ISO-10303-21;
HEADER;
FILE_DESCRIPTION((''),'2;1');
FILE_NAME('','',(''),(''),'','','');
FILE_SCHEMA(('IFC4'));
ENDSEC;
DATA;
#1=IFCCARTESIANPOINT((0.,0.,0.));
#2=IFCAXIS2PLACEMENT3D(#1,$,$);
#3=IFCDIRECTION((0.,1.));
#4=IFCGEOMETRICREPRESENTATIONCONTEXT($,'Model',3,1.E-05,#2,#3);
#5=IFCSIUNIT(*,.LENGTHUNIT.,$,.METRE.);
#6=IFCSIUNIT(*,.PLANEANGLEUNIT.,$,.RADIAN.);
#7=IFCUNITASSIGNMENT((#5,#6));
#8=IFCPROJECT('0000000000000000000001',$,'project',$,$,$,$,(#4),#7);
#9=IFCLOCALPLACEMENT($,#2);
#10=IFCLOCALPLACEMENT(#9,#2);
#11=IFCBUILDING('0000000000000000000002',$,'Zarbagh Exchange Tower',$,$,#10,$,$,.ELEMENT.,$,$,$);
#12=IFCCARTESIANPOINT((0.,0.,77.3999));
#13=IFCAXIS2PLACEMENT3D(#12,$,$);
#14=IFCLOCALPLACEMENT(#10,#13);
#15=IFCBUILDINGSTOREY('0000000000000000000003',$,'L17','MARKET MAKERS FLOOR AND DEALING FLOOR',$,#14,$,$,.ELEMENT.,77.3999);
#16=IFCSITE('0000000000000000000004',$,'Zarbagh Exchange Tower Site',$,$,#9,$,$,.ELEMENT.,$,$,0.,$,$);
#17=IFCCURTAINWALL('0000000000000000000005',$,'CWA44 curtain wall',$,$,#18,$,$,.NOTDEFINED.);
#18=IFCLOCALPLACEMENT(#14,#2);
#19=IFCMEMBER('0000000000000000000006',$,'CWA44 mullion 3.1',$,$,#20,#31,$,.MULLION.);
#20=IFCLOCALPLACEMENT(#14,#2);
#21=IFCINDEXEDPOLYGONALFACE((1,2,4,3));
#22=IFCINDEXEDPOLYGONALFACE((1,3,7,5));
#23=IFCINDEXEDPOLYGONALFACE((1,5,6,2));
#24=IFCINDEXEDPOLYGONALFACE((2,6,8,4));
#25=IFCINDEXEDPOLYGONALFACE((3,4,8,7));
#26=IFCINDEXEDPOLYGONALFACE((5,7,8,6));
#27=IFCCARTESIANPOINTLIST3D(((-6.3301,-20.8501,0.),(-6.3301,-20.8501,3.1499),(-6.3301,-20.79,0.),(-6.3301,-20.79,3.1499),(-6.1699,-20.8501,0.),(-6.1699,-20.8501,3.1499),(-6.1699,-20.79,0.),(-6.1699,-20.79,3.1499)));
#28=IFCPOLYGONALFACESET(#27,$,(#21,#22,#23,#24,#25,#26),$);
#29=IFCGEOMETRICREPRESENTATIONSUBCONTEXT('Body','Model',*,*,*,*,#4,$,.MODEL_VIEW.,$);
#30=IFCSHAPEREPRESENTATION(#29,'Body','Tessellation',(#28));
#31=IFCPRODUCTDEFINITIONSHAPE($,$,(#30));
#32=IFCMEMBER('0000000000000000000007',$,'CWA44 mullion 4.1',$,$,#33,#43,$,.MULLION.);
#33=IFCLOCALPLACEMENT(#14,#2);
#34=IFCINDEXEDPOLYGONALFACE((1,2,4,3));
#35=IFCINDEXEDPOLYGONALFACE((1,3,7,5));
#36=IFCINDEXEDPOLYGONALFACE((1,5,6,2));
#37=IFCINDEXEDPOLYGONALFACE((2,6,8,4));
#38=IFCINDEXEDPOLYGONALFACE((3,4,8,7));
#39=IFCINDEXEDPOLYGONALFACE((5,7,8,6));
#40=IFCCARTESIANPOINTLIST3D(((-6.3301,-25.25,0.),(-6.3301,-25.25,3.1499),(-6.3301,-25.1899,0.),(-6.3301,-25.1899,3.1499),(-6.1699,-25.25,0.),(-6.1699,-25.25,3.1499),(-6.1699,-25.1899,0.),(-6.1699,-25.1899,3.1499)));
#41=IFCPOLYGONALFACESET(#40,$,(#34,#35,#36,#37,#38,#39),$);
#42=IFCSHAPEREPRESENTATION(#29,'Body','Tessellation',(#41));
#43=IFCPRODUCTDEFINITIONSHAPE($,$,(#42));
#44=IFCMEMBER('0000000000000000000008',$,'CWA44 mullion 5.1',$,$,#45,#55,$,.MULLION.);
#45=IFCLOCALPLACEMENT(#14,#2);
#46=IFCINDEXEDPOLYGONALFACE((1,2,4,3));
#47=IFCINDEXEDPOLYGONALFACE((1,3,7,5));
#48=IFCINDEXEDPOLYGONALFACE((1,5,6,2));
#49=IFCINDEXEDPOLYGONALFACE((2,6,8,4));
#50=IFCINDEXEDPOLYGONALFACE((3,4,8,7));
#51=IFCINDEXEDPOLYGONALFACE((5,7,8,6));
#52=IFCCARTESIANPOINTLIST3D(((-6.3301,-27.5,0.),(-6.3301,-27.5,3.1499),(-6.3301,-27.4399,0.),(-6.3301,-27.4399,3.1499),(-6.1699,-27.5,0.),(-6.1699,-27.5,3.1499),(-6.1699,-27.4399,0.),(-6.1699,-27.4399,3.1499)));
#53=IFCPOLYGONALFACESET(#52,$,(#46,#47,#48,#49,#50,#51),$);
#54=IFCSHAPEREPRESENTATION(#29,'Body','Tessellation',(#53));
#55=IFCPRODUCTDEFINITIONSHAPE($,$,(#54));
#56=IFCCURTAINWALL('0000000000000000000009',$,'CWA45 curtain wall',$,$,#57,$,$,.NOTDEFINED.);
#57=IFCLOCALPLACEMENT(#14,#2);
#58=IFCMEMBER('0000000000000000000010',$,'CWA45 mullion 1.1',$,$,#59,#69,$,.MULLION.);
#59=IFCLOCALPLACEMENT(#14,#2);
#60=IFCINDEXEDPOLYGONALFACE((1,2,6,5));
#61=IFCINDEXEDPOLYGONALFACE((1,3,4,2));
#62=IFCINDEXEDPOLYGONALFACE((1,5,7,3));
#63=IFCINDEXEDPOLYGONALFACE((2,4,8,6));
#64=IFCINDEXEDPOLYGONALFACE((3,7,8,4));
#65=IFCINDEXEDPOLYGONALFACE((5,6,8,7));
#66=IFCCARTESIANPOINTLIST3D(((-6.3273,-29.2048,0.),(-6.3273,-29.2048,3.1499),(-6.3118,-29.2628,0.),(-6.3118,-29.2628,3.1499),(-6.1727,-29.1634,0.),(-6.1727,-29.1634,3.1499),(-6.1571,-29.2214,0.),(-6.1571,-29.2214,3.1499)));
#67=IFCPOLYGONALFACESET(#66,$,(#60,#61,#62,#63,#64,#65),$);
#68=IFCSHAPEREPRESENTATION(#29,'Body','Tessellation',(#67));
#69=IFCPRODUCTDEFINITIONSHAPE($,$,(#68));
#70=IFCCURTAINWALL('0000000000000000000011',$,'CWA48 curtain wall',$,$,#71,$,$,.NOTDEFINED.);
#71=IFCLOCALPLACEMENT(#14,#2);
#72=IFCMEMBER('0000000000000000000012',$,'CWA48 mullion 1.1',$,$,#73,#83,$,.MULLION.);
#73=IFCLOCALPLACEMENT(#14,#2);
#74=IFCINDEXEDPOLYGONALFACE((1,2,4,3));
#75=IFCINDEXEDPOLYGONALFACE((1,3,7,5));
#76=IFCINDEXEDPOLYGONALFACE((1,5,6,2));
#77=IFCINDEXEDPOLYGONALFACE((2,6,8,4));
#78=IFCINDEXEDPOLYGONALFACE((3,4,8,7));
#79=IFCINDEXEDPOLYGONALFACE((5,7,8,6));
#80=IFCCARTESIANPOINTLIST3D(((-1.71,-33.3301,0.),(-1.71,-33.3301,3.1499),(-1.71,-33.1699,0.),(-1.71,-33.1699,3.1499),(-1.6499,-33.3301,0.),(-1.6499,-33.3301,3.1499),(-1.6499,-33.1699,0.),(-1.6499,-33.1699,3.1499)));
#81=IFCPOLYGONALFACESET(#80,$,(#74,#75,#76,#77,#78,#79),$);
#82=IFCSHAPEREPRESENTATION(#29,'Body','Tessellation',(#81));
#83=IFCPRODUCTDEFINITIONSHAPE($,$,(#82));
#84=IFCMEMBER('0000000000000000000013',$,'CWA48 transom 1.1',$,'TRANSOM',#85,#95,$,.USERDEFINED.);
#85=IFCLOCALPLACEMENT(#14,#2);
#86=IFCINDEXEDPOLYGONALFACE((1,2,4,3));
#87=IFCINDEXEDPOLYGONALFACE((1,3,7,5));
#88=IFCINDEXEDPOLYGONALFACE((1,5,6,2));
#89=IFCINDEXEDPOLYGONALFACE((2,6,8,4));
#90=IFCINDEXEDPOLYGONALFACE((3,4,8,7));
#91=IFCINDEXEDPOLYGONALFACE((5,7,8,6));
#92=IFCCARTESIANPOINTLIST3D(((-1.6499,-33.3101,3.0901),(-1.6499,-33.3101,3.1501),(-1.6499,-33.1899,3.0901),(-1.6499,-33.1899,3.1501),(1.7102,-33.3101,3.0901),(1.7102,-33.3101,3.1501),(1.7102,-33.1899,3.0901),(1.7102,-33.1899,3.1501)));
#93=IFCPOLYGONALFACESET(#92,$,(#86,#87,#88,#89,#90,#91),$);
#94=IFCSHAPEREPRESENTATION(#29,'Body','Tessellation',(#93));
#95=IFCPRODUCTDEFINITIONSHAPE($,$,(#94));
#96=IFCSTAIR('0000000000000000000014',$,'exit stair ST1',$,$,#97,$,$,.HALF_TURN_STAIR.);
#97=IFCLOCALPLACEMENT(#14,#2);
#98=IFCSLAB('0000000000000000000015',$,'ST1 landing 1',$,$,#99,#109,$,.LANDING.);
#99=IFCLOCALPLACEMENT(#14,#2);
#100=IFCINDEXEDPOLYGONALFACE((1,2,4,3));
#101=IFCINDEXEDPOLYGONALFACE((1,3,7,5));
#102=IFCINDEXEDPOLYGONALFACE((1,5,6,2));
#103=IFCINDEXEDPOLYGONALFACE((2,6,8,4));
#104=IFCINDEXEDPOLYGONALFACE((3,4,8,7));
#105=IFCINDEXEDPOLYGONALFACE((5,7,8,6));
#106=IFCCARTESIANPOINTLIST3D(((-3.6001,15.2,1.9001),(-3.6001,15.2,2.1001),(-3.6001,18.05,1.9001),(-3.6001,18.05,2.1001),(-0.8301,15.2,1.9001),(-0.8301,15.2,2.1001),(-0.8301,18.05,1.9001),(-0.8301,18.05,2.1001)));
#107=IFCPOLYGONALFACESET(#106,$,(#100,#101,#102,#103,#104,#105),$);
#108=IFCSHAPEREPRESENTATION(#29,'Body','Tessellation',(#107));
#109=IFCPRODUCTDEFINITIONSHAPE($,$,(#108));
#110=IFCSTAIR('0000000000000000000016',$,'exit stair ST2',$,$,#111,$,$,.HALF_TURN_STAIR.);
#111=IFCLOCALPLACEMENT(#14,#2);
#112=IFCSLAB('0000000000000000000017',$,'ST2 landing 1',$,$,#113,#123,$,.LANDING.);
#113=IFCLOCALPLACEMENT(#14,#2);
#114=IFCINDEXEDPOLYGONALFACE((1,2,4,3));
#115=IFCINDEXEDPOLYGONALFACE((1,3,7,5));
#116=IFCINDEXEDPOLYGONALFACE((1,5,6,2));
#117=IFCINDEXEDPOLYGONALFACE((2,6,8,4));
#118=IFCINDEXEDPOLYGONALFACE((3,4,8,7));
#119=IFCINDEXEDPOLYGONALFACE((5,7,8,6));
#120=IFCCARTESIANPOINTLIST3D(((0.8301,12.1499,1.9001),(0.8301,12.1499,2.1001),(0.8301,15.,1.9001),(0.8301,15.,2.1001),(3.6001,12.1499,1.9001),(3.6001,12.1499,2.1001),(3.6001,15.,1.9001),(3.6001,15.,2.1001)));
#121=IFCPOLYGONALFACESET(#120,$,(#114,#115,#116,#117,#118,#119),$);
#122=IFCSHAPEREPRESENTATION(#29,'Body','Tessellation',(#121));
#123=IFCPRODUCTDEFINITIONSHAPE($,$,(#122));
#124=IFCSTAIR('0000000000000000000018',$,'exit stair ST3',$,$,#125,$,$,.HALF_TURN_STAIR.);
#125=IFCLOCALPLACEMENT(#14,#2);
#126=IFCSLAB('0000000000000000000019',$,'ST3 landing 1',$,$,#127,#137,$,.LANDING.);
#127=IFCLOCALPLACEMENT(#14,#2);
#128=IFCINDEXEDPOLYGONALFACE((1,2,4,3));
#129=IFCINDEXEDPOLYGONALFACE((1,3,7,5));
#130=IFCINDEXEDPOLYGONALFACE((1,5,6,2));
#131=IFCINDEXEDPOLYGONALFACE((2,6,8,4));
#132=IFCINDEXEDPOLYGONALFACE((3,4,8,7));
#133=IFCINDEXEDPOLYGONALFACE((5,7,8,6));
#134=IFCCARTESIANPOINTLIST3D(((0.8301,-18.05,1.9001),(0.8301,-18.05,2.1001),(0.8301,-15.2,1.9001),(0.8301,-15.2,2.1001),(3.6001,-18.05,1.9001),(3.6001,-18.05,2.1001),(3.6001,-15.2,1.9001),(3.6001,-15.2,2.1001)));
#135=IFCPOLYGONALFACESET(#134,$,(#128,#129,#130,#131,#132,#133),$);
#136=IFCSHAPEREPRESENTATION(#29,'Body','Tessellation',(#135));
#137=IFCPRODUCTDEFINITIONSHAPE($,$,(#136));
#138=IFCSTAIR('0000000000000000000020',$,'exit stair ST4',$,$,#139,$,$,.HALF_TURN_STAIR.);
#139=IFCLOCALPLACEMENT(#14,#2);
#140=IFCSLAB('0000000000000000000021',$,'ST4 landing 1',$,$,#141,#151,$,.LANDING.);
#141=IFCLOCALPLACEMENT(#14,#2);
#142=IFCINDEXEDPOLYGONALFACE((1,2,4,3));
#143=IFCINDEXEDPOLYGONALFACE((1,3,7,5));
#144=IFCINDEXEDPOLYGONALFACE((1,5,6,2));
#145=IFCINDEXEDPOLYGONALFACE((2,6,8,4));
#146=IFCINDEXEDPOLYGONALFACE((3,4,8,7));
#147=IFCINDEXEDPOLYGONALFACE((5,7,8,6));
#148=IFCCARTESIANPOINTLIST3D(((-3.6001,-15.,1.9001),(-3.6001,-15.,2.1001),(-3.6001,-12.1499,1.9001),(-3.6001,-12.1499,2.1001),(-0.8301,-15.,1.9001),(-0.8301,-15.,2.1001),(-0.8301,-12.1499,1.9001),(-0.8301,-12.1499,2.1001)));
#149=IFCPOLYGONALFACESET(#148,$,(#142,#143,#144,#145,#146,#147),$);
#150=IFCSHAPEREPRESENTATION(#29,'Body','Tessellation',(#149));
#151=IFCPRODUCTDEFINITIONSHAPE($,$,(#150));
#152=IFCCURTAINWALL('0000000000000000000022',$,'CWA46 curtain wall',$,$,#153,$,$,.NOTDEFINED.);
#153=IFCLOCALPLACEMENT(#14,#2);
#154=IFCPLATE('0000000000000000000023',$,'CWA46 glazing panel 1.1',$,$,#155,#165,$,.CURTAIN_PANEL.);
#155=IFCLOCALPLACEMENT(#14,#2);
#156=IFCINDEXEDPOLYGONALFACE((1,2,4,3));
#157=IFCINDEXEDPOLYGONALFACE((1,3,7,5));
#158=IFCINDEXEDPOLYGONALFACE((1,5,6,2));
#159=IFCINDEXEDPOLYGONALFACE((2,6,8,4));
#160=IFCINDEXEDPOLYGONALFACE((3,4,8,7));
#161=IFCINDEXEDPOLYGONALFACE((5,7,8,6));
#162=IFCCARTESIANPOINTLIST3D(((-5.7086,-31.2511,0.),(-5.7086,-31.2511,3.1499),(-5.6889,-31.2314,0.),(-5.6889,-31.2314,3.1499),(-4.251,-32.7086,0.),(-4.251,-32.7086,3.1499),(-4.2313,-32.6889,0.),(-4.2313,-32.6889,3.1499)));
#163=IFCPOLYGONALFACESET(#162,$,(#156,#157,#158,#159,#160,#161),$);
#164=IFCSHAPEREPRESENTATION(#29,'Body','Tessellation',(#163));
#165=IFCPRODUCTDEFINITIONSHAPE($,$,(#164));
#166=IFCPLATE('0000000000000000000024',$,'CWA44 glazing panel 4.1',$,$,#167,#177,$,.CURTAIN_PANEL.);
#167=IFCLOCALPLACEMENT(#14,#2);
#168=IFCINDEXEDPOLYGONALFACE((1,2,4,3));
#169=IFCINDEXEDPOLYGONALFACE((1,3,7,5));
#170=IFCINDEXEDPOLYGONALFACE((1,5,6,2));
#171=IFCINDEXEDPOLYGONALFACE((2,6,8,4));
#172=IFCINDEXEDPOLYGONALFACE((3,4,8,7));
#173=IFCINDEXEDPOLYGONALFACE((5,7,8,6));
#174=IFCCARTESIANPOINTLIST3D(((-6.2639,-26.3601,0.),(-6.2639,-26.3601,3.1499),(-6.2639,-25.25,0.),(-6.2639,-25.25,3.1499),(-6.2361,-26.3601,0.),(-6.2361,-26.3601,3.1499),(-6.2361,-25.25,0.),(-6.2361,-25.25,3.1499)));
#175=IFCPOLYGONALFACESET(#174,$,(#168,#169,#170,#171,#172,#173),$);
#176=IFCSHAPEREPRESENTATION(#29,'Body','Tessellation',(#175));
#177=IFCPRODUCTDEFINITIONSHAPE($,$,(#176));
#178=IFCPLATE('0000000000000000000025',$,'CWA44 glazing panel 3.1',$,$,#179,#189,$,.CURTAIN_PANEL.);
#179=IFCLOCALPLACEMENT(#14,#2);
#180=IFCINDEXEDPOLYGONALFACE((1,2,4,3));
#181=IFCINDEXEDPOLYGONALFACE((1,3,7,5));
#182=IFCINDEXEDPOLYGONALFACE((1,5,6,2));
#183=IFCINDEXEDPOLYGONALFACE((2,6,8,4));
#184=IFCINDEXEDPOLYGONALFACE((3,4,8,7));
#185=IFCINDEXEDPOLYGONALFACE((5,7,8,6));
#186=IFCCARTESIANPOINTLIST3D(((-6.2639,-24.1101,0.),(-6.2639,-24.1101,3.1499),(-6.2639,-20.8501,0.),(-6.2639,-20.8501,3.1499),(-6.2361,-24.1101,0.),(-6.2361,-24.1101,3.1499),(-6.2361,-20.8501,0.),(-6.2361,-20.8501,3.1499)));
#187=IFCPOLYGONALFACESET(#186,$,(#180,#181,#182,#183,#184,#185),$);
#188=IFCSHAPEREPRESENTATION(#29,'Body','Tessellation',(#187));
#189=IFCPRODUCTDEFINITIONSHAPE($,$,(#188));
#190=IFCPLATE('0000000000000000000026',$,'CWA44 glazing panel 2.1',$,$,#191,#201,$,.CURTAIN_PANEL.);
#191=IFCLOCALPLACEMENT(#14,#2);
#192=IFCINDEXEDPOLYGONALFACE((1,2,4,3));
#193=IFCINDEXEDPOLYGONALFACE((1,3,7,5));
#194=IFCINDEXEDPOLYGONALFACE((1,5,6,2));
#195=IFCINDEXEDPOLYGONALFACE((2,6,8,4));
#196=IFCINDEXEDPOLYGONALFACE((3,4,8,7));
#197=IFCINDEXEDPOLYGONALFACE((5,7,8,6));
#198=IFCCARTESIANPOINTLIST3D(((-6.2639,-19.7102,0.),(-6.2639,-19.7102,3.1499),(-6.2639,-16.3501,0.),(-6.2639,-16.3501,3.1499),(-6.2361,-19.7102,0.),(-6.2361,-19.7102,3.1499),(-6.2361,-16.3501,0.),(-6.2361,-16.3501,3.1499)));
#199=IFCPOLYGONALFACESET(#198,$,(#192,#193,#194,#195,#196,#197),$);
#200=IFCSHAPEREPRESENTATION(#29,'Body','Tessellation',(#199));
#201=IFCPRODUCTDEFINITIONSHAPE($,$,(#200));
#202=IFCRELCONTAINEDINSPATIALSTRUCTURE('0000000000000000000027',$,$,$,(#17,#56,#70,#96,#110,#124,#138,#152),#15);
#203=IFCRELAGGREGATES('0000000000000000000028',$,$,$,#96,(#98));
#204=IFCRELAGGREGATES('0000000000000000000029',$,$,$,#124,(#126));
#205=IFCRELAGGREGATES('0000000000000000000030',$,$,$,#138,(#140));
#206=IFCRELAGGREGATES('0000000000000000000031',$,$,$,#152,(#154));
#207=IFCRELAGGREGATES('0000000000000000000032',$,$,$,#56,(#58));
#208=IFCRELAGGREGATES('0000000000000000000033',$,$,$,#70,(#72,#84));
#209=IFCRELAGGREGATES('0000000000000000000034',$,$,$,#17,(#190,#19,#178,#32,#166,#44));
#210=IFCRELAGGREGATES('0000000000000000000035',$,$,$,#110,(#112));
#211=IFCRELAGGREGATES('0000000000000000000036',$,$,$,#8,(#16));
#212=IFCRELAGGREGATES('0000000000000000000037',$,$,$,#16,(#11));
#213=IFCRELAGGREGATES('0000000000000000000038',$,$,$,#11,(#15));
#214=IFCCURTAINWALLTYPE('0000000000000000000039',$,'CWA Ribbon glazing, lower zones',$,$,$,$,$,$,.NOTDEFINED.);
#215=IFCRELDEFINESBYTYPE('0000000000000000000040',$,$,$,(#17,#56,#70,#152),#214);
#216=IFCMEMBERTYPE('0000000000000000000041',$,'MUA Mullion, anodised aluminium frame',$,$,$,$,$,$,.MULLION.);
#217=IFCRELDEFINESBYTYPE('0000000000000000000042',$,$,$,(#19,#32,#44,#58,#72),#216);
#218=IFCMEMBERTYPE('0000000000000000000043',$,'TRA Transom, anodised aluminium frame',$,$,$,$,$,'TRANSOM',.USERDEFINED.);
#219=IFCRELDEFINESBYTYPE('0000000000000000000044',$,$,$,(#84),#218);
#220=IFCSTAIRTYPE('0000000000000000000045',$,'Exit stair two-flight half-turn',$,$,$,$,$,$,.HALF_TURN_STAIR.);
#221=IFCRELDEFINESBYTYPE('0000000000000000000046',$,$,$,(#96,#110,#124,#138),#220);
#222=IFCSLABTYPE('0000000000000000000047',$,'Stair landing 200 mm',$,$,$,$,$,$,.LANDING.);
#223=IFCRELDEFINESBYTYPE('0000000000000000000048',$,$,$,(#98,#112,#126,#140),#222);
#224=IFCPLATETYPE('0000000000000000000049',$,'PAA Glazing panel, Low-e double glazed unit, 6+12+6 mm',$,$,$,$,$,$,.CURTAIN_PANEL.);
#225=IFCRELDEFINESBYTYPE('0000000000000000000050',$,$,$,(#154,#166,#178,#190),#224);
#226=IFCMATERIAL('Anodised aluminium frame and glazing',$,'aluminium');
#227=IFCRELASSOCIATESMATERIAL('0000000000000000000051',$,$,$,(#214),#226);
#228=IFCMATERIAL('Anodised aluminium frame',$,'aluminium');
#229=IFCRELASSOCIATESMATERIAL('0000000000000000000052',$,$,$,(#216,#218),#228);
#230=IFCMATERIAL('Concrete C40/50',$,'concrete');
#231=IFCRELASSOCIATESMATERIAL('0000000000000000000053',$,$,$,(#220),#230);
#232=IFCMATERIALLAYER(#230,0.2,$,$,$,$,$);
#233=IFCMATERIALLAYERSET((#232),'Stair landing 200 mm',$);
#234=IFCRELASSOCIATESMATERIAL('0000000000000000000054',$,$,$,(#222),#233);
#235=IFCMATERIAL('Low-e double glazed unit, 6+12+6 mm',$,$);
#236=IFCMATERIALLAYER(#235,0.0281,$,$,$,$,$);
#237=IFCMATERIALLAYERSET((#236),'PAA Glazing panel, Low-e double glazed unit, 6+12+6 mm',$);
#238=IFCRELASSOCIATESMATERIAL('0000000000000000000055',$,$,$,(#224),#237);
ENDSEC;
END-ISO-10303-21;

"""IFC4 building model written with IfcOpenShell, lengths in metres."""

from ifc_helpers import new_model, si_unit, direction, frame, origin, place, context, subcontext, project, spatial, polyline, outline, extrude, source, transform, mapped, material, layer, layer_set, type_object, element, aggregate, save


model = new_model("IFC4")

# Units and contexts
model_context = context("Model", 3, precision=1e-05, world=origin(), true_north=direction((0.0, 1.0)))
body_context = subcontext(model_context, "Body", "Model", "MODEL_VIEW")
ifc_project = project(units=[si_unit("LENGTHUNIT", "METRE"), si_unit("PLANEANGLEUNIT", "RADIAN")], contexts=[model_context])

# Site, building, storey
site_placement = place(None, origin())
site = spatial("IfcSite", under=ifc_project, at=site_placement, Name="Zarbagh Exchange Tower Site", CompositionType="ELEMENT", RefElevation=0.0)
building_placement = place(site_placement, origin())
building = spatial("IfcBuilding", under=site, at=building_placement, Name="Zarbagh Exchange Tower", CompositionType="ELEMENT")
storey_placement = place(building_placement, frame((0.0, 0.0, 77.3999)))
storey = spatial("IfcBuildingStorey", under=building, at=storey_placement, Name="L17", Description="MARKET MAKERS FLOOR AND DEALING FLOOR", CompositionType="ELEMENT", Elevation=77.3999)

# Curtain wall, members
ifc_material_1 = material(Name="Anodised aluminium frame and glazing", Category="aluminium")
curtain_wall_type = type_object("IfcCurtainWallType", Name="CWA Ribbon glazing, lower zones", PredefinedType="NOTDEFINED", material=ifc_material_1)
curtain_wall_1_placement = place(storey_placement, origin())
curtain_wall_1 = element("IfcCurtainWall", 1, at=curtain_wall_1_placement, inside=storey, type_object=curtain_wall_type, Name="CWA44 curtain wall", PredefinedType="NOTDEFINED")
ifc_material_2 = material(Name="Anodised aluminium frame", Category="aluminium")
member_type_1 = type_object("IfcMemberType", Name="MUA Mullion, anodised aluminium frame", PredefinedType="MULLION", material=ifc_material_2)
shared_shape_1 = source(origin(), body_context, "Body", "SweptSolid", [
    extrude(outline(polyline([(0.0, -0.0801), (0.0601, -0.0801), (0.0601, 0.0801), (0.0, 0.0801), (0.0, -0.0801)])), origin(), (0.0, 0.0, 1.0), 3.1499),
])
placement = place(storey_placement, origin())
member_1 = element("IfcMember", 2, at=placement, type_object=member_type_1, Name="CWA44 mullion 3.1", PredefinedType="MULLION", context=body_context, shape_type="MappedRepresentation", body=[
    mapped(shared_shape_1, transform((-6.25, -20.79, 0.0), x_axis=(0.0, -1.0, 0.0), y_axis=(1.0, 0.0, 0.0), z_axis=(0.0, 0.0, 1.0))),
])
member_2 = element("IfcMember", 3, at=placement, type_object=member_type_1, Name="CWA44 mullion 4.1", PredefinedType="MULLION", context=body_context, shape_type="MappedRepresentation", body=[
    mapped(shared_shape_1, transform((-6.25, -25.1899, 0.0), x_axis=(0.0, -1.0, 0.0), y_axis=(1.0, 0.0, 0.0), z_axis=(0.0, 0.0, 1.0))),
])
member_3 = element("IfcMember", 4, at=placement, type_object=member_type_1, Name="CWA44 mullion 5.1", PredefinedType="MULLION", context=body_context, shape_type="MappedRepresentation", body=[
    mapped(shared_shape_1, transform((-6.25, -27.4399, 0.0), x_axis=(0.0, -1.0, 0.0), y_axis=(1.0, 0.0, 0.0), z_axis=(0.0, 0.0, 1.0))),
])

# Curtain wall, member
curtain_wall_2_placement = place(storey_placement, origin())
curtain_wall_2 = element("IfcCurtainWall", 5, at=curtain_wall_2_placement, inside=storey, type_object=curtain_wall_type, Name="CWA45 curtain wall", PredefinedType="NOTDEFINED")
member_4 = element("IfcMember", 6, at=placement, type_object=member_type_1, Name="CWA45 mullion 1.1", PredefinedType="MULLION", context=body_context, shape_type="MappedRepresentation", body=[
    mapped(shared_shape_1, transform((-6.25, -29.1841, 0.0), x_axis=(0.258825, -0.965924, 0.0), y_axis=(0.965924, 0.258825, 0.0), z_axis=(0.0, 0.0, 1.0))),
])

# Curtain wall, members
curtain_wall_3_placement = place(storey_placement, origin())
curtain_wall_3 = element("IfcCurtainWall", 7, at=curtain_wall_3_placement, inside=storey, type_object=curtain_wall_type, Name="CWA48 curtain wall", PredefinedType="NOTDEFINED")
member_5 = element("IfcMember", 8, at=placement, type_object=member_type_1, Name="CWA48 mullion 1.1", PredefinedType="MULLION", context=body_context, shape_type="MappedRepresentation", body=[
    mapped(shared_shape_1, transform((-1.71, -33.25, 0.0), x_axis=(1.0, 0.0, 0.0), y_axis=(0.0, 1.0, 0.0), z_axis=(0.0, 0.0, 1.0))),
])
member_type_2 = type_object("IfcMemberType", Name="TRA Transom, anodised aluminium frame", ElementType="TRANSOM", PredefinedType="USERDEFINED", material=ifc_material_2)
shared_shape_2 = source(origin(), body_context, "Body", "SweptSolid", [
    extrude(outline(polyline([(-0.0601, -0.0601), (0.0, -0.0601), (0.0, 0.0601), (-0.0601, 0.0601), (-0.0601, -0.0601)])), origin(), (0.0, 0.0, 1.0), 3.3601),
])
member_6 = element("IfcMember", 9, at=placement, type_object=member_type_2, Name="CWA48 transom 1.1", ObjectType="TRANSOM", PredefinedType="USERDEFINED", context=body_context, shape_type="MappedRepresentation", body=[
    mapped(shared_shape_2, transform((-1.6499, -33.25, 3.1501), x_axis=(0.0, 0.0, 1.0), y_axis=(0.0, -1.0, 0.0), z_axis=(1.0, 0.0, 0.0))),
])

# Stairs, slabs
ifc_material_3 = material(Name="Concrete C40/50", Category="concrete")
stair_type = type_object("IfcStairType", Name="Exit stair two-flight half-turn", PredefinedType="HALF_TURN_STAIR", material=ifc_material_3)
stair_1_placement = place(storey_placement, origin())
stair_1 = element("IfcStair", 10, at=stair_1_placement, inside=storey, type_object=stair_type, Name="exit stair ST1", PredefinedType="HALF_TURN_STAIR")
ifc_layer_1 = layer(ifc_material_3, 0.2)
ifc_layer_set_1 = layer_set([ifc_layer_1], Name="Stair landing 200 mm")
slab_type = type_object("IfcSlabType", Name="Stair landing 200 mm", PredefinedType="LANDING", material=ifc_layer_set_1)
slab_1_placement = place(storey_placement, frame((0.0, 0.0, 1.9001)))
slab_1 = element("IfcSlab", 11, at=slab_1_placement, type_object=slab_type, Name="ST1 landing 1", PredefinedType="LANDING", context=body_context, shape_type="SweptSolid", body=[
    extrude(outline(polyline([(-0.8301, 18.05), (-3.6001, 18.05), (-3.6001, 15.2), (-0.8301, 15.2), (-0.8301, 18.05)])), origin(), (0.0, 0.0, 1.0), 0.2),
])
aggregate(stair_1, [slab_1])
stair_2_placement = place(storey_placement, origin())
stair_2 = element("IfcStair", 12, at=stair_2_placement, inside=storey, type_object=stair_type, Name="exit stair ST2", PredefinedType="HALF_TURN_STAIR")
slab_2_placement = place(storey_placement, frame((0.0, 0.0, 1.9001)))
slab_2 = element("IfcSlab", 13, at=slab_2_placement, type_object=slab_type, Name="ST2 landing 1", PredefinedType="LANDING", context=body_context, shape_type="SweptSolid", body=[
    extrude(outline(polyline([(0.8301, 12.1499), (3.6001, 12.1499), (3.6001, 15.0), (0.8301, 15.0), (0.8301, 12.1499)])), origin(), (0.0, 0.0, 1.0), 0.2),
])
stair_3_placement = place(storey_placement, origin())
stair_3 = element("IfcStair", 14, at=stair_3_placement, inside=storey, type_object=stair_type, Name="exit stair ST3", PredefinedType="HALF_TURN_STAIR")
slab_3_placement = place(storey_placement, frame((0.0, 0.0, 1.9001)))
slab_3 = element("IfcSlab", 15, at=slab_3_placement, type_object=slab_type, Name="ST3 landing 1", PredefinedType="LANDING", context=body_context, shape_type="SweptSolid", body=[
    extrude(outline(polyline([(0.8301, -18.05), (3.6001, -18.05), (3.6001, -15.2), (0.8301, -15.2), (0.8301, -18.05)])), origin(), (0.0, 0.0, 1.0), 0.2),
])
aggregate(stair_3, [slab_3])
stair_4_placement = place(storey_placement, origin())
stair_4 = element("IfcStair", 16, at=stair_4_placement, inside=storey, type_object=stair_type, Name="exit stair ST4", PredefinedType="HALF_TURN_STAIR")
slab_4_placement = place(storey_placement, frame((0.0, 0.0, 1.9001)))
slab_4 = element("IfcSlab", 17, at=slab_4_placement, type_object=slab_type, Name="ST4 landing 1", PredefinedType="LANDING", context=body_context, shape_type="SweptSolid", body=[
    extrude(outline(polyline([(-0.8301, -12.1499), (-3.6001, -12.1499), (-3.6001, -15.0), (-0.8301, -15.0), (-0.8301, -12.1499)])), origin(), (0.0, 0.0, 1.0), 0.2),
])
aggregate(stair_4, [slab_4])

# Curtain wall, plate
curtain_wall_4_placement = place(storey_placement, origin())
curtain_wall_4 = element("IfcCurtainWall", 18, at=curtain_wall_4_placement, inside=storey, type_object=curtain_wall_type, Name="CWA46 curtain wall", PredefinedType="NOTDEFINED")
ifc_material_4 = material(Name="Low-e double glazed unit, 6+12+6 mm")
ifc_layer_2 = layer(ifc_material_4, 0.0281)
ifc_layer_set_2 = layer_set([ifc_layer_2], Name="PAA Glazing panel, Low-e double glazed unit, 6+12+6 mm")
plate_type = type_object("IfcPlateType", Name="PAA Glazing panel, Low-e double glazed unit, 6+12+6 mm", PredefinedType="CURTAIN_PANEL", material=ifc_layer_set_2)
shared_shape_3 = source(origin(), body_context, "Body", "SweptSolid", [
    extrude(outline(polyline([(0.0, -0.0139), (2.0613, -0.0139), (2.0613, 0.0139), (0.0, 0.0139), (0.0, -0.0139)])), origin(), (0.0, 0.0, 1.0), 3.1499),
])
plate_1 = element("IfcPlate", 19, at=placement, type_object=plate_type, Name="CWA46 glazing panel 1.1", PredefinedType="CURTAIN_PANEL", context=body_context, shape_type="MappedRepresentation", body=[
    mapped(shared_shape_3, transform((-5.6987, -31.2412, 0.0), x_axis=(0.707107, -0.707107, 0.0), y_axis=(0.707107, 0.707107, 0.0), z_axis=(0.0, 0.0, 1.0))),
])
aggregate(curtain_wall_4, [plate_1])

# Plates
shared_shape_4 = source(origin(), body_context, "Body", "SweptSolid", [
    extrude(outline(polyline([(0.0, -0.0139), (1.1101, -0.0139), (1.1101, 0.0139), (0.0, 0.0139), (0.0, -0.0139)])), origin(), (0.0, 0.0, 1.0), 3.1499),
])
plate_2 = element("IfcPlate", 20, at=placement, type_object=plate_type, Name="CWA44 glazing panel 4.1", PredefinedType="CURTAIN_PANEL", context=body_context, shape_type="MappedRepresentation", body=[
    mapped(shared_shape_4, transform((-6.25, -25.25, 0.0), x_axis=(0.0, -1.0, 0.0), y_axis=(1.0, 0.0, 0.0), z_axis=(0.0, 0.0, 1.0))),
])
shared_shape_5 = source(origin(), body_context, "Body", "SweptSolid", [
    extrude(outline(polyline([(0.0, -0.0139), (3.26, -0.0139), (3.26, 0.0139), (0.0, 0.0139), (0.0, -0.0139)])), origin(), (0.0, 0.0, 1.0), 3.1499),
])
plate_3 = element("IfcPlate", 21, at=placement, type_object=plate_type, Name="CWA44 glazing panel 3.1", PredefinedType="CURTAIN_PANEL", context=body_context, shape_type="MappedRepresentation", body=[
    mapped(shared_shape_5, transform((-6.25, -20.8501, 0.0), x_axis=(0.0, -1.0, 0.0), y_axis=(1.0, 0.0, 0.0), z_axis=(0.0, 0.0, 1.0))),
])
shared_shape_6 = source(origin(), body_context, "Body", "SweptSolid", [
    extrude(outline(polyline([(0.0, -0.0139), (3.3601, -0.0139), (3.3601, 0.0139), (0.0, 0.0139), (0.0, -0.0139)])), origin(), (0.0, 0.0, 1.0), 3.1499),
])
plate_4 = element("IfcPlate", 22, at=placement, type_object=plate_type, Name="CWA44 glazing panel 2.1", PredefinedType="CURTAIN_PANEL", context=body_context, shape_type="MappedRepresentation", body=[
    mapped(shared_shape_6, transform((-6.25, -16.3501, 0.0), x_axis=(0.0, -1.0, 0.0), y_axis=(1.0, 0.0, 0.0), z_axis=(0.0, 0.0, 1.0))),
])
aggregate(curtain_wall_2, [member_4])

aggregate(curtain_wall_3, [member_5, member_6])
aggregate(curtain_wall_1, [plate_4, member_1, plate_3, member_2, plate_2, member_3])

aggregate(stair_2, [slab_2])

save(model, "model.ifc")
